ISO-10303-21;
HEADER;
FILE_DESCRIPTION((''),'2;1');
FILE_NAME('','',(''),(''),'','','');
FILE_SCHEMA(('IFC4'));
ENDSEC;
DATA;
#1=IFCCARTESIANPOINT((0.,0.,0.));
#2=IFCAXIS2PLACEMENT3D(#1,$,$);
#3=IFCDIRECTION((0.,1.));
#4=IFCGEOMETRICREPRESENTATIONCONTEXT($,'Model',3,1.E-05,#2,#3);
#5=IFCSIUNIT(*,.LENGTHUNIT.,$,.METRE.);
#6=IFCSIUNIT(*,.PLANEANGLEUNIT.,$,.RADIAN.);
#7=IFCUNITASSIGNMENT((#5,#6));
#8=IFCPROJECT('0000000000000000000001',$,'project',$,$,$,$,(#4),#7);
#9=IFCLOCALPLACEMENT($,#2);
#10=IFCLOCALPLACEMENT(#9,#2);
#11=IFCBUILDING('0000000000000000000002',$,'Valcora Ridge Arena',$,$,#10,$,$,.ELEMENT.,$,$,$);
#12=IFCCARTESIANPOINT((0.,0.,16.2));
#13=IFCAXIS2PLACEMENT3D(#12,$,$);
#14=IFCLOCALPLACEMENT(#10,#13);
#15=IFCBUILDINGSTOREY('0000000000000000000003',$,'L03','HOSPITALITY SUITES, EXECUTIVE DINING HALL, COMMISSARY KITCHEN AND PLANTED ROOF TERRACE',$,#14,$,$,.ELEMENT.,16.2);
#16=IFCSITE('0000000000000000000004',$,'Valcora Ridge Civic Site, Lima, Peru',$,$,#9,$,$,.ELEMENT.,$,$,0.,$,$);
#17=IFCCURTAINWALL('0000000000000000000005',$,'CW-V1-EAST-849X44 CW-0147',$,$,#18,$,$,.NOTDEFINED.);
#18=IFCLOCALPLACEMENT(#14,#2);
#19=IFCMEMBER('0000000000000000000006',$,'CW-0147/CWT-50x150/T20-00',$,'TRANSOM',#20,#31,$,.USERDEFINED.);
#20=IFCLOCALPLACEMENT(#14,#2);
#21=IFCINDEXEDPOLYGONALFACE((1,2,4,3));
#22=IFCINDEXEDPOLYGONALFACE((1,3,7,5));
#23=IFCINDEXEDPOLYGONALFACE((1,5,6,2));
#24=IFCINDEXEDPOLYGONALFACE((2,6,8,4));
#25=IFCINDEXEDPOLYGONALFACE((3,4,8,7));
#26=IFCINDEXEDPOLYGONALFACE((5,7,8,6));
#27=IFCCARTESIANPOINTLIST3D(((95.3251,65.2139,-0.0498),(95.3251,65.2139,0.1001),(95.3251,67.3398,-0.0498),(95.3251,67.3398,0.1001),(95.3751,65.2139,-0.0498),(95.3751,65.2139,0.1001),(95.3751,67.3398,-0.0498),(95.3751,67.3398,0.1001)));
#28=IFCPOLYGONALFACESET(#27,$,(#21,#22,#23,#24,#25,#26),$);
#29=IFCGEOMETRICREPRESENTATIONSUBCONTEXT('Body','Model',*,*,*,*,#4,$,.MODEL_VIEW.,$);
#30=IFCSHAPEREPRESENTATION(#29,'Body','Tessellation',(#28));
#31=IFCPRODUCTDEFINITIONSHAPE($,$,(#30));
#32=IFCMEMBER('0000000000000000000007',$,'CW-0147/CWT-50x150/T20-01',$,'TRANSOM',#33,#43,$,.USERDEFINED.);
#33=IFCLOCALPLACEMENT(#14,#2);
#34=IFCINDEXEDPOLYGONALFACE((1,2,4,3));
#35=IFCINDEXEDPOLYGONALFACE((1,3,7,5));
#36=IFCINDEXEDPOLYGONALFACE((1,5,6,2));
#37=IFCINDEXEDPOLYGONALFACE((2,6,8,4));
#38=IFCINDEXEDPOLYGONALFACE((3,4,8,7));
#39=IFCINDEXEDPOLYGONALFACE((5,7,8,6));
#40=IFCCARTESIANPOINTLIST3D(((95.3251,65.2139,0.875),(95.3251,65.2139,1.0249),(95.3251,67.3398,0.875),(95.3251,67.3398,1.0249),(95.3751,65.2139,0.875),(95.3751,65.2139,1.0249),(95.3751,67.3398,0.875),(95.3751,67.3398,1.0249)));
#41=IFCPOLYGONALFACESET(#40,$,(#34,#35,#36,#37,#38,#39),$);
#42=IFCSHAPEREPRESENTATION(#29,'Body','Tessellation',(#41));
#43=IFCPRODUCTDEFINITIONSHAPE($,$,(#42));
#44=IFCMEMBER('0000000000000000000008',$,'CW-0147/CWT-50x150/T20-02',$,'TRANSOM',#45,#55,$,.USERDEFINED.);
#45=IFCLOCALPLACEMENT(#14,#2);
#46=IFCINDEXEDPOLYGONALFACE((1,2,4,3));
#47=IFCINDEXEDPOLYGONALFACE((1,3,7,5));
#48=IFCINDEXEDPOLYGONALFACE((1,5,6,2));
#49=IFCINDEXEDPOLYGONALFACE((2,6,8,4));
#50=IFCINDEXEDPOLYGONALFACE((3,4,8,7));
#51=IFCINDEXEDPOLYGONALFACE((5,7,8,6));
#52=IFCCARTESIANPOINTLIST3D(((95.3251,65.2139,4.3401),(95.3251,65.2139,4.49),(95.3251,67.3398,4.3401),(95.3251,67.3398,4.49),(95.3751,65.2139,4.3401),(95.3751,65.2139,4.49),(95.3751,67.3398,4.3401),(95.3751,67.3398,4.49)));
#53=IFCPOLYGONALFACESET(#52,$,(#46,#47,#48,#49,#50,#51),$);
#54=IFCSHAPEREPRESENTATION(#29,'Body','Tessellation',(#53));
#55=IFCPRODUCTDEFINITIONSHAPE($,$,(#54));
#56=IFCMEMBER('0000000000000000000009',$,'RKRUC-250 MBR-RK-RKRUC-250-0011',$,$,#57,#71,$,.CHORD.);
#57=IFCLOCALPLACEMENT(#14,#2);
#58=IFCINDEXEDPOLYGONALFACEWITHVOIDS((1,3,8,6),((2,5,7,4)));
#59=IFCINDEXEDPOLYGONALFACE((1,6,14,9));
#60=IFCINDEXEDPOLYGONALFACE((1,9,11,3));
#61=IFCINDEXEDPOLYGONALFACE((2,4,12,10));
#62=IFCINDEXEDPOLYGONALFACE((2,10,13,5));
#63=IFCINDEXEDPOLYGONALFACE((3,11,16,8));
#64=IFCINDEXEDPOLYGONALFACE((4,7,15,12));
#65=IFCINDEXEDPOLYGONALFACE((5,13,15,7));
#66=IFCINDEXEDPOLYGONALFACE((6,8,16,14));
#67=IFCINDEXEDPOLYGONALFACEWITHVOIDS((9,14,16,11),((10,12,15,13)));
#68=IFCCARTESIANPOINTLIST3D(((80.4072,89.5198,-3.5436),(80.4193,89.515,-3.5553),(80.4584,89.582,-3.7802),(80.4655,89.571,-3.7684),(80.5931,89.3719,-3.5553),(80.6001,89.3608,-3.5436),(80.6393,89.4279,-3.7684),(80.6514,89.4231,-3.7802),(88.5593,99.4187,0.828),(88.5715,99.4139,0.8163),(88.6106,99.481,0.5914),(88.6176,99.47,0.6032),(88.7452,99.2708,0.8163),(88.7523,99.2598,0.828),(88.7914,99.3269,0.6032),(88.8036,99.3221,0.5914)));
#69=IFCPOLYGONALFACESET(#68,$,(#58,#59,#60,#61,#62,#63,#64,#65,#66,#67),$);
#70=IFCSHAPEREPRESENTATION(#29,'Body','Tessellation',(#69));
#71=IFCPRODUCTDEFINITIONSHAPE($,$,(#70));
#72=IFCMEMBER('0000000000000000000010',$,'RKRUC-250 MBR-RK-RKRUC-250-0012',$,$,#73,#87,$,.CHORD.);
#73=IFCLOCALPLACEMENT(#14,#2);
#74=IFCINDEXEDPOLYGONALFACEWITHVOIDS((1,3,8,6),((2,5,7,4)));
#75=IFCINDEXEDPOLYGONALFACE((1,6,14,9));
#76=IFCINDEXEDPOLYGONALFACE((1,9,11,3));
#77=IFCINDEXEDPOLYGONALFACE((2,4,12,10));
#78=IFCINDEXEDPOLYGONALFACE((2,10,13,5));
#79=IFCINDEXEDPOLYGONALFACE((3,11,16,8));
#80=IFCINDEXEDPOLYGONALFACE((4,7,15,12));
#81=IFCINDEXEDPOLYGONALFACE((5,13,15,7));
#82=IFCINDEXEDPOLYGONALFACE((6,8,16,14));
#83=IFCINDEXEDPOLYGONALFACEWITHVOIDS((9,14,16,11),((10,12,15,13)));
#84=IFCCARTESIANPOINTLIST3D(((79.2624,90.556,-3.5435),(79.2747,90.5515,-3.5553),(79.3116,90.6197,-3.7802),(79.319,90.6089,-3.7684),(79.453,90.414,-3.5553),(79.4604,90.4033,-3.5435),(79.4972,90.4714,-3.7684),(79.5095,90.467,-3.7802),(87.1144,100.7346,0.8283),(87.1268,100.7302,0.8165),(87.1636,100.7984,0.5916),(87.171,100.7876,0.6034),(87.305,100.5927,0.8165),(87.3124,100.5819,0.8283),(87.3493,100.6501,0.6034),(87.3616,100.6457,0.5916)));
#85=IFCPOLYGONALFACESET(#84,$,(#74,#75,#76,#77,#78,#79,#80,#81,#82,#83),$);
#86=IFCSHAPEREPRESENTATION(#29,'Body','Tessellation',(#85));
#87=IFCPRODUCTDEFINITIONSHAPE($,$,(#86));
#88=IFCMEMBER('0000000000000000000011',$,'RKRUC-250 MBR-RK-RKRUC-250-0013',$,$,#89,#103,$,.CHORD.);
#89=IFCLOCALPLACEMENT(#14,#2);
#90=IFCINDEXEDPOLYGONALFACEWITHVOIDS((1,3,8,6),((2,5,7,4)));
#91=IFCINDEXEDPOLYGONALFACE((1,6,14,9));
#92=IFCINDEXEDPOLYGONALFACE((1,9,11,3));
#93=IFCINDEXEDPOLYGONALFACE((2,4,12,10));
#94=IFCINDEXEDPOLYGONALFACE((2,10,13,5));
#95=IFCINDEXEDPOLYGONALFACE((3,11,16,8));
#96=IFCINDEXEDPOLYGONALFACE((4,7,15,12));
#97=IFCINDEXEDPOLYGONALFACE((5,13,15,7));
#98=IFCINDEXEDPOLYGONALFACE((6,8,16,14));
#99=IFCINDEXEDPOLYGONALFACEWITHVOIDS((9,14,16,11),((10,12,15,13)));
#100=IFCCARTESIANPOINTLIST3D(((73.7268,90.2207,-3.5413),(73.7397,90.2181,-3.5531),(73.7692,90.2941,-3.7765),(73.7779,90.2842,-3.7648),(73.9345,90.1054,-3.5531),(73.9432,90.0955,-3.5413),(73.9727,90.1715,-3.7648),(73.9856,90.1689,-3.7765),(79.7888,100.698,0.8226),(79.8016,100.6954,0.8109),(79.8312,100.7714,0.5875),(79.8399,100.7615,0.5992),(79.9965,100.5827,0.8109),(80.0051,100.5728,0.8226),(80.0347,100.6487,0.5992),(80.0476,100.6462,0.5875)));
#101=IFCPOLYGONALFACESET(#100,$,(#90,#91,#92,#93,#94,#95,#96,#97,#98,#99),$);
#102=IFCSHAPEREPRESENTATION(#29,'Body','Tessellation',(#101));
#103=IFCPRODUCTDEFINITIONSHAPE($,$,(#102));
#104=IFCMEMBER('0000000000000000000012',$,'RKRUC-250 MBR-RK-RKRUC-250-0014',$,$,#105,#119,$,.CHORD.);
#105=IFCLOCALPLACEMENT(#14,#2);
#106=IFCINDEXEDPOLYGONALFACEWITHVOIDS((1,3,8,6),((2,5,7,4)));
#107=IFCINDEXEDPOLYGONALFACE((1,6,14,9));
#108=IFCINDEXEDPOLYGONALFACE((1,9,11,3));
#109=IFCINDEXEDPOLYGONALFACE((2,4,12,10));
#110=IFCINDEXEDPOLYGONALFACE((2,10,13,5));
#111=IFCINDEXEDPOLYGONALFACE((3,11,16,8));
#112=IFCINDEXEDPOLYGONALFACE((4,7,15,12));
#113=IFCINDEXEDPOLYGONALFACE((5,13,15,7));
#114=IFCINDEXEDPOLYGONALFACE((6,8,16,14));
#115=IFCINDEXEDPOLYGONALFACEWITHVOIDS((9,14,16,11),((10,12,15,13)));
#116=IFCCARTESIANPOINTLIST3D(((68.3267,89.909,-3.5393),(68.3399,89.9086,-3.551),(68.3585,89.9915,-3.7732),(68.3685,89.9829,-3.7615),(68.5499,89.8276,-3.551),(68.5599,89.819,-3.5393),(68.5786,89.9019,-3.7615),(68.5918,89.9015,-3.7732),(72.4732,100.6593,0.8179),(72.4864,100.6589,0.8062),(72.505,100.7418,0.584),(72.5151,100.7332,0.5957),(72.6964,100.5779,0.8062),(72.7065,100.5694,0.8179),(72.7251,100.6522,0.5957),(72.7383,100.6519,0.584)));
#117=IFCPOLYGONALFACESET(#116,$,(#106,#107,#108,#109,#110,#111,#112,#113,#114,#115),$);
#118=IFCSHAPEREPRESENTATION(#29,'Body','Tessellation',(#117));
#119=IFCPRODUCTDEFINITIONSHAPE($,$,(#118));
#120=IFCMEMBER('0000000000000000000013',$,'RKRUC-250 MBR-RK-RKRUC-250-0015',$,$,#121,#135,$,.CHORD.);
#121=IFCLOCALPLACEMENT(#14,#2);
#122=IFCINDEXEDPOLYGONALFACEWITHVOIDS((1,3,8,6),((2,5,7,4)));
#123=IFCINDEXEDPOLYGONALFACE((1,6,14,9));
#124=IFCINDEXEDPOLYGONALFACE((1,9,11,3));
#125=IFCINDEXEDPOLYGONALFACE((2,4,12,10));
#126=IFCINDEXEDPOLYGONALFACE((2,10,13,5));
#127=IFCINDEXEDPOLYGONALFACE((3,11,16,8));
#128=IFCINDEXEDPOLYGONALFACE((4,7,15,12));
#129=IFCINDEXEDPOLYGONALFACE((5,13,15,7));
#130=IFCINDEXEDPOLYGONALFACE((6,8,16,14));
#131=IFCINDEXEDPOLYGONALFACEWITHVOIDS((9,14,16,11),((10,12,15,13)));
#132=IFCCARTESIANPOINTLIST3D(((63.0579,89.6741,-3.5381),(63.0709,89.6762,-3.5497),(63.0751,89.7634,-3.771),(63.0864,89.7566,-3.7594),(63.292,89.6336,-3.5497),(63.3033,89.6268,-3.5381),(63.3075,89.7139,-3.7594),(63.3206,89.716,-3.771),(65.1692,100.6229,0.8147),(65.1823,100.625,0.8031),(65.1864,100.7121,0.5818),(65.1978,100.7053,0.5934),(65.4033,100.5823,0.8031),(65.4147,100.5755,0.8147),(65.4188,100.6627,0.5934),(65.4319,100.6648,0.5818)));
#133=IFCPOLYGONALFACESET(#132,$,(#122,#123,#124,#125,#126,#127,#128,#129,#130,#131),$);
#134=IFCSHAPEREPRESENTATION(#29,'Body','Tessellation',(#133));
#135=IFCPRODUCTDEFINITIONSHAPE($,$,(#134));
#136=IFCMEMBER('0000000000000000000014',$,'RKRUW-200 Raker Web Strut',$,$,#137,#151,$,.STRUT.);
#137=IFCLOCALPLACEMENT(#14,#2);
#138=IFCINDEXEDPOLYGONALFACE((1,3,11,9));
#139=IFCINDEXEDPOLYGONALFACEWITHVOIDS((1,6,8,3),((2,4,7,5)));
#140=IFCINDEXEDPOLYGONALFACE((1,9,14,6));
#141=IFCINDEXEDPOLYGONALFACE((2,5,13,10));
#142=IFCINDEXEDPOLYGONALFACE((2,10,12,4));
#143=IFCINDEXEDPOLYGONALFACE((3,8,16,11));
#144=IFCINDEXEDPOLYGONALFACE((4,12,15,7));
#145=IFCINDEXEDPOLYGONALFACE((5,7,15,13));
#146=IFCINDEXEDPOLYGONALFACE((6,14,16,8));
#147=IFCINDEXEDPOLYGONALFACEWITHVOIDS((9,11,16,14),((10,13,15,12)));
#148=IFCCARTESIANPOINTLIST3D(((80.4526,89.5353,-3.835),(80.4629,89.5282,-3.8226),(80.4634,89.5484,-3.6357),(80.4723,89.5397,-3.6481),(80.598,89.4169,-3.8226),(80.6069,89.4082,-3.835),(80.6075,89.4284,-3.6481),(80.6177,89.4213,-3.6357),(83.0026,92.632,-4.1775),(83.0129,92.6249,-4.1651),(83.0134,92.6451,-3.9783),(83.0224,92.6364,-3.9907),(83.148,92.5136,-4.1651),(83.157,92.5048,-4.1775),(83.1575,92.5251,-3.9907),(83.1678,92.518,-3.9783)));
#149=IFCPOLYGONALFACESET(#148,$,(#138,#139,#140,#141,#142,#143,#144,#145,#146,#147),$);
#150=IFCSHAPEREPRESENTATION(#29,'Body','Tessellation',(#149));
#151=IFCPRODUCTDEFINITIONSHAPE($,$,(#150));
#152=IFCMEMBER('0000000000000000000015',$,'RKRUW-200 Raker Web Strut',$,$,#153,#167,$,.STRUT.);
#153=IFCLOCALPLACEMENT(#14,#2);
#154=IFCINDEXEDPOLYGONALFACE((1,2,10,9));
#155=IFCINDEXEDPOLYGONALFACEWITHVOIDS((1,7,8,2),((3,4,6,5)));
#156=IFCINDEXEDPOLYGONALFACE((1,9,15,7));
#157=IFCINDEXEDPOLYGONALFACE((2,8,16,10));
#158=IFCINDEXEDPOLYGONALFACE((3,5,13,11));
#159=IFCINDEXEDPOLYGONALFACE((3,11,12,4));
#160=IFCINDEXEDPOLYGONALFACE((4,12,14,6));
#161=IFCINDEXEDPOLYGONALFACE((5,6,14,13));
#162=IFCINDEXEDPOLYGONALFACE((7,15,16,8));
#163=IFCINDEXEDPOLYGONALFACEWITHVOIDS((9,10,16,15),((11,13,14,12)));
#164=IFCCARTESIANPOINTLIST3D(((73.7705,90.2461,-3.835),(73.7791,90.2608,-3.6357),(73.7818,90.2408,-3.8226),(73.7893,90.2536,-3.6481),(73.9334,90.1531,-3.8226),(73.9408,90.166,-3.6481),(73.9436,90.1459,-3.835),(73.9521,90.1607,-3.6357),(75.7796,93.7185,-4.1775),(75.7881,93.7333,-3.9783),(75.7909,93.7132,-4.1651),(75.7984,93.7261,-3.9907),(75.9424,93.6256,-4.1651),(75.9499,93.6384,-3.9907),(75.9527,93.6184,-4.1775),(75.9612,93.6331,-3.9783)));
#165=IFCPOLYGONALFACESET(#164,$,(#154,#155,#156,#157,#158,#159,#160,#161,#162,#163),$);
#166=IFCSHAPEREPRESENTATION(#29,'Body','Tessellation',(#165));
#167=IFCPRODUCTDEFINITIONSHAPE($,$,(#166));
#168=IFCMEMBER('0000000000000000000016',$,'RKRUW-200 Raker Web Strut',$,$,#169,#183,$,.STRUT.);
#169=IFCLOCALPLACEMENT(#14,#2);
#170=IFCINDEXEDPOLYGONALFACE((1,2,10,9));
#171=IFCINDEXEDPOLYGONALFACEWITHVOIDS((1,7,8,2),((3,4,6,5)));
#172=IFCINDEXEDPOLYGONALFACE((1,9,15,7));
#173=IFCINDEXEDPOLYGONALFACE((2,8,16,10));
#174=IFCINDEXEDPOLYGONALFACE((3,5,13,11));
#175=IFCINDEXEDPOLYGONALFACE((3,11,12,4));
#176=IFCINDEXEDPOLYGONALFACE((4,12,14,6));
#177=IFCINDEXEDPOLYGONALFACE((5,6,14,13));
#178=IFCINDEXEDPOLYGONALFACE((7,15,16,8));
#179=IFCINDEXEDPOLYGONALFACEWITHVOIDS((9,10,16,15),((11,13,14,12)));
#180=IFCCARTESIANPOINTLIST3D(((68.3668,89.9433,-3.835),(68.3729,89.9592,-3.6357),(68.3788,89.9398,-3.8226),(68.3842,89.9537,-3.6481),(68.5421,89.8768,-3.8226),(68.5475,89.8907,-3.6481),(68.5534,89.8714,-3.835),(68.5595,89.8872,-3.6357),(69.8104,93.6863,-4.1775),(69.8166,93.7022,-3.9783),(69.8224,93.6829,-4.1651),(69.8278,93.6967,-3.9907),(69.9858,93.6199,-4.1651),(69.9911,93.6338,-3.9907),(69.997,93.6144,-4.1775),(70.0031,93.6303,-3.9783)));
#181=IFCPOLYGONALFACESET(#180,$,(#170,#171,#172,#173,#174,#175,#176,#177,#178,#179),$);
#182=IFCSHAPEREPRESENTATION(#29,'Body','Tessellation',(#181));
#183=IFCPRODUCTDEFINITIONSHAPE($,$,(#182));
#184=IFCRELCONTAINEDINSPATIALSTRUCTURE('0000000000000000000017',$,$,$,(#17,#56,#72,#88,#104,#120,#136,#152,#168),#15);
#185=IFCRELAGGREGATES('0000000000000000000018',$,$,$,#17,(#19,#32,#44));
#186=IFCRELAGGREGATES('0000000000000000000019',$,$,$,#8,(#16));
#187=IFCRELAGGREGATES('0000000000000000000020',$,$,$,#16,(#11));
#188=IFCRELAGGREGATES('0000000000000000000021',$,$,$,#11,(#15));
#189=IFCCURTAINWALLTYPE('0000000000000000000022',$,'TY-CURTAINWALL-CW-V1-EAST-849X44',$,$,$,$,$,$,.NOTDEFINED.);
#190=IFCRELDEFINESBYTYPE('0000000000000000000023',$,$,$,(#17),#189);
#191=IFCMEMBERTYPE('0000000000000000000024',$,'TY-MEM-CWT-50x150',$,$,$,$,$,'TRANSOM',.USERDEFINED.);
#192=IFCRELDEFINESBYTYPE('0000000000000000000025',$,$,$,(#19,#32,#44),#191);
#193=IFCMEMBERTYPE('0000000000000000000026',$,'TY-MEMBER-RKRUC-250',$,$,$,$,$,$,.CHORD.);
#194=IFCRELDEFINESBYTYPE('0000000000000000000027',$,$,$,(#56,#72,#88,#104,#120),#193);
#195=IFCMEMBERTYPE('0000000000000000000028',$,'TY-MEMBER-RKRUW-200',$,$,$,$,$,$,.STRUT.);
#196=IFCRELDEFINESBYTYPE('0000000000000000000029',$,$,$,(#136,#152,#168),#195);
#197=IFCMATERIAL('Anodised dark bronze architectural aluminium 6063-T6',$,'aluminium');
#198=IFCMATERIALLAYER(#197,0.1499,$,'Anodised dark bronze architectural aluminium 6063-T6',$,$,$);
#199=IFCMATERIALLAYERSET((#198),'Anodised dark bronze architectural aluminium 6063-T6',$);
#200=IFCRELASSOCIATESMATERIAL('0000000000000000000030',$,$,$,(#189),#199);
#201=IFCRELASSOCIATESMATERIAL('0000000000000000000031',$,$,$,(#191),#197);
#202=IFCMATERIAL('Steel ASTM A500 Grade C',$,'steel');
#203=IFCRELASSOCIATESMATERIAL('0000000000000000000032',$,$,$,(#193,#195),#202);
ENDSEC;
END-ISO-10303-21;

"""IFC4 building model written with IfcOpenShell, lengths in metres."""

from ifc_helpers import new_model, si_unit, direction, frame, origin, origin_2d, place, context, subcontext, project, spatial, rectangle, hollow_rectangle, extrude, material, layer, layer_set, material_profile, profile_set, type_object, element, aggregate, save


model = new_model("IFC4")

# Units and contexts
model_context = context("Model", 3, precision=1e-05, world=origin(), true_north=direction((0.0, 1.0)))
body_context = subcontext(model_context, "Body", "Model", "MODEL_VIEW")
ifc_project = project(units=[si_unit("LENGTHUNIT", "METRE"), si_unit("PLANEANGLEUNIT", "RADIAN")], contexts=[model_context])

# Site, building, storey
site_placement = place(None, origin())
site = spatial("IfcSite", under=ifc_project, at=site_placement, Name="Valcora Ridge Civic Site, Lima, Peru", CompositionType="ELEMENT", RefElevation=0.0)
building_placement = place(site_placement, origin())
building = spatial("IfcBuilding", under=site, at=building_placement, Name="Valcora Ridge Arena", CompositionType="ELEMENT")
storey_placement = place(building_placement, frame((0.0, 0.0, 16.2)))
storey = spatial("IfcBuildingStorey", under=building, at=storey_placement, Name="L03", Description="HOSPITALITY SUITES, EXECUTIVE DINING HALL, COMMISSARY KITCHEN AND PLANTED ROOF TERRACE", CompositionType="ELEMENT", Elevation=16.2)

# Curtain wall, members
ifc_material_1 = material(Name="Anodised dark bronze architectural aluminium 6063-T6", Category="aluminium")
ifc_layer = layer(ifc_material_1, 0.1499, Name="Anodised dark bronze architectural aluminium 6063-T6")
ifc_layer_set = layer_set([ifc_layer], Name="Anodised dark bronze architectural aluminium 6063-T6")
curtain_wall_type = type_object("IfcCurtainWallType", Name="TY-CURTAINWALL-CW-V1-EAST-849X44", PredefinedType="NOTDEFINED", material=ifc_layer_set)
curtain_wall_placement = place(storey_placement, origin())
curtain_wall = element("IfcCurtainWall", 1, at=curtain_wall_placement, inside=storey, type_object=curtain_wall_type, Name="CW-V1-EAST-849X44 CW-0147", PredefinedType="NOTDEFINED")
ifc_material_profile_1 = material_profile(ifc_material_1, rectangle(XDim=0.05, YDim=0.1499, at=origin_2d()), Name="ALU TRANSOM 50x150")
ifc_profile_set_1 = profile_set([ifc_material_profile_1], Name="Anodised dark bronze architectural aluminium 6063-T6")
member_type_1 = type_object("IfcMemberType", Name="TY-MEM-CWT-50x150", ElementType="TRANSOM", PredefinedType="USERDEFINED", material=ifc_profile_set_1)
member_1_placement = place(storey_placement, frame((95.3501, 65.2139, 0.0251), z_axis=(0.0, 1.0, 0.0), x_axis=(-1.0, 0.0, 0.0)))
member_1 = element("IfcMember", 2, at=member_1_placement, type_object=member_type_1, Name="CW-0147/CWT-50x150/T20-00", ObjectType="TRANSOM", PredefinedType="USERDEFINED", context=body_context, shape_type="SweptSolid", body=[
    extrude(rectangle(XDim=0.05, YDim=0.1499, at=origin_2d()), origin(), (0.0, 0.0, 1.0), 2.126),
])
member_2_placement = place(storey_placement, frame((95.3501, 65.2139, 0.95), z_axis=(0.0, 1.0, 0.0), x_axis=(-1.0, 0.0, 0.0)))
member_2 = element("IfcMember", 3, at=member_2_placement, type_object=member_type_1, Name="CW-0147/CWT-50x150/T20-01", ObjectType="TRANSOM", PredefinedType="USERDEFINED", context=body_context, shape_type="SweptSolid", body=[
    extrude(rectangle(XDim=0.05, YDim=0.1499, at=origin_2d()), origin(), (0.0, 0.0, 1.0), 2.126),
])
member_3_placement = place(storey_placement, frame((95.3501, 65.2139, 4.415), z_axis=(0.0, 1.0, 0.0), x_axis=(-1.0, 0.0, 0.0)))
member_3 = element("IfcMember", 4, at=member_3_placement, type_object=member_type_1, Name="CW-0147/CWT-50x150/T20-02", ObjectType="TRANSOM", PredefinedType="USERDEFINED", context=body_context, shape_type="SweptSolid", body=[
    extrude(rectangle(XDim=0.05, YDim=0.1499, at=origin_2d()), origin(), (0.0, 0.0, 1.0), 2.126),
])
aggregate(curtain_wall, [member_1, member_2, member_3])

# Members
ifc_material_2 = material(Name="Steel ASTM A500 Grade C", Category="steel")
ifc_material_profile_2 = material_profile(ifc_material_2, hollow_rectangle(XDim=0.25, YDim=0.25, WallThickness=0.0125, at=origin_2d()), Name="HSS250X250X12")
ifc_profile_set_2 = profile_set([ifc_material_profile_2], Name="Steel ASTM A500 Grade C")
member_type_2 = type_object("IfcMemberType", Name="TY-MEMBER-RKRUC-250", PredefinedType="CHORD", material=ifc_profile_set_2)
member_4_placement = place(storey_placement, frame((80.5293, 89.4714, -3.6619), z_axis=(0.601707, 0.73064, 0.322667), x_axis=(-0.771929, 0.635709, 0.0)))
element("IfcMember", 5, at=member_4_placement, inside=storey, type_object=member_type_2, Name="RKRUC-250 MBR-RK-RKRUC-250-0011", PredefinedType="CHORD", context=body_context, shape_type="SweptSolid", body=[
    extrude(hollow_rectangle(XDim=0.25, YDim=0.25, WallThickness=0.0125, at=origin_2d()), origin(), (0.0, 0.0, 1.0), 13.5483),
])
member_5_placement = place(storey_placement, frame((79.386, 90.5115, -3.6619), z_axis=(0.578274, 0.749624, 0.321968), x_axis=(-0.791786, 0.610799, 0.0)))
element("IfcMember", 6, at=member_5_placement, inside=storey, type_object=member_type_2, Name="RKRUC-250 MBR-RK-RKRUC-250-0012", PredefinedType="CHORD", context=body_context, shape_type="SweptSolid", body=[
    extrude(hollow_rectangle(XDim=0.25, YDim=0.25, WallThickness=0.0125, at=origin_2d()), origin(), (0.0, 0.0, 1.0), 13.5784),
])
member_6_placement = place(storey_placement, frame((73.8562, 90.1948, -3.6589), z_axis=(0.471119, 0.81426, 0.339156), x_axis=(-0.865562, 0.500802, 0.0)))
element("IfcMember", 7, at=member_6_placement, inside=storey, type_object=member_type_2, Name="RKRUC-250 MBR-RK-RKRUC-250-0013", PredefinedType="CHORD", context=body_context, shape_type="SweptSolid", body=[
    extrude(hollow_rectangle(XDim=0.25, YDim=0.25, WallThickness=0.0125, at=origin_2d()), origin(), (0.0, 0.0, 1.0), 12.8672),
])
member_7_placement = place(storey_placement, frame((68.4592, 89.9053, -3.6562), z_axis=(0.336606, 0.872689, 0.353709), x_axis=(-0.933003, 0.359869, 0.0)))
element("IfcMember", 8, at=member_7_placement, inside=storey, type_object=member_type_2, Name="RKRUC-250 MBR-RK-RKRUC-250-0014", PredefinedType="CHORD", context=body_context, shape_type="SweptSolid", body=[
    extrude(hollow_rectangle(XDim=0.25, YDim=0.25, WallThickness=0.0125, at=origin_2d()), origin(), (0.0, 0.0, 1.0), 12.3186),
])
member_8_placement = place(storey_placement, frame((63.1892, 89.6951, -3.6545), z_axis=(0.176386, 0.914687, 0.363643), x_axis=(-0.98191, 0.189349, 0.0)))
element("IfcMember", 9, at=member_8_placement, inside=storey, type_object=member_type_2, Name="RKRUC-250 MBR-RK-RKRUC-250-0015", PredefinedType="CHORD", context=body_context, shape_type="SweptSolid", body=[
    extrude(hollow_rectangle(XDim=0.25, YDim=0.25, WallThickness=0.0125, at=origin_2d()), origin(), (0.0, 0.0, 1.0), 11.97),
])
ifc_material_profile_3 = material_profile(ifc_material_2, hollow_rectangle(XDim=0.2, YDim=0.2, WallThickness=0.0125, at=origin_2d()), Name="HSS200X200X12")
ifc_profile_set_3 = profile_set([ifc_material_profile_3], Name="Steel ASTM A500 Grade C")
member_type_3 = type_object("IfcMemberType", Name="TY-MEMBER-RKRUW-200", PredefinedType="STRUT", material=ifc_profile_set_3)
member_9_placement = place(storey_placement, frame((80.5352, 89.4783, -3.7354), z_axis=(0.633379, 0.769151, -0.085077), x_axis=(-0.77195, 0.635684, 0.0)))
element("IfcMember", 10, at=member_9_placement, inside=storey, type_object=member_type_3, Name="RKRUW-200 Raker Web Strut", PredefinedType="STRUT", context=body_context, shape_type="SweptSolid", body=[
    extrude(hollow_rectangle(XDim=0.2, YDim=0.2, WallThickness=0.0125, at=origin_2d()), origin(), (0.0, 0.0, 1.0), 4.0261),
])
for number, where, z_axis, x_axis, name in (
    (11, (73.8613, 90.2034, -3.7354), (0.498976, 0.86243, -0.085073), (-0.865568, 0.500792, 0.0), "RKRUW-200 Raker Web Strut"),
    (12, (68.4631, 89.9153, -3.7354), (0.358547, 0.929627, -0.085074), (-0.93301, 0.359852, 0.0), "RKRUW-200 Raker Web Strut"),
):
    element("IfcMember", number, at=place(storey_placement, frame(where, z_axis=z_axis, x_axis=x_axis)), inside=storey, type_object=member_type_3, Name=name, PredefinedType="STRUT", context=body_context, shape_type="SweptSolid", body=[
        extrude(hollow_rectangle(XDim=0.2, YDim=0.2, WallThickness=0.0125, at=origin_2d()), origin(), (0.0, 0.0, 1.0), 4.0264),
    ])

save(model, "model.ifc")
